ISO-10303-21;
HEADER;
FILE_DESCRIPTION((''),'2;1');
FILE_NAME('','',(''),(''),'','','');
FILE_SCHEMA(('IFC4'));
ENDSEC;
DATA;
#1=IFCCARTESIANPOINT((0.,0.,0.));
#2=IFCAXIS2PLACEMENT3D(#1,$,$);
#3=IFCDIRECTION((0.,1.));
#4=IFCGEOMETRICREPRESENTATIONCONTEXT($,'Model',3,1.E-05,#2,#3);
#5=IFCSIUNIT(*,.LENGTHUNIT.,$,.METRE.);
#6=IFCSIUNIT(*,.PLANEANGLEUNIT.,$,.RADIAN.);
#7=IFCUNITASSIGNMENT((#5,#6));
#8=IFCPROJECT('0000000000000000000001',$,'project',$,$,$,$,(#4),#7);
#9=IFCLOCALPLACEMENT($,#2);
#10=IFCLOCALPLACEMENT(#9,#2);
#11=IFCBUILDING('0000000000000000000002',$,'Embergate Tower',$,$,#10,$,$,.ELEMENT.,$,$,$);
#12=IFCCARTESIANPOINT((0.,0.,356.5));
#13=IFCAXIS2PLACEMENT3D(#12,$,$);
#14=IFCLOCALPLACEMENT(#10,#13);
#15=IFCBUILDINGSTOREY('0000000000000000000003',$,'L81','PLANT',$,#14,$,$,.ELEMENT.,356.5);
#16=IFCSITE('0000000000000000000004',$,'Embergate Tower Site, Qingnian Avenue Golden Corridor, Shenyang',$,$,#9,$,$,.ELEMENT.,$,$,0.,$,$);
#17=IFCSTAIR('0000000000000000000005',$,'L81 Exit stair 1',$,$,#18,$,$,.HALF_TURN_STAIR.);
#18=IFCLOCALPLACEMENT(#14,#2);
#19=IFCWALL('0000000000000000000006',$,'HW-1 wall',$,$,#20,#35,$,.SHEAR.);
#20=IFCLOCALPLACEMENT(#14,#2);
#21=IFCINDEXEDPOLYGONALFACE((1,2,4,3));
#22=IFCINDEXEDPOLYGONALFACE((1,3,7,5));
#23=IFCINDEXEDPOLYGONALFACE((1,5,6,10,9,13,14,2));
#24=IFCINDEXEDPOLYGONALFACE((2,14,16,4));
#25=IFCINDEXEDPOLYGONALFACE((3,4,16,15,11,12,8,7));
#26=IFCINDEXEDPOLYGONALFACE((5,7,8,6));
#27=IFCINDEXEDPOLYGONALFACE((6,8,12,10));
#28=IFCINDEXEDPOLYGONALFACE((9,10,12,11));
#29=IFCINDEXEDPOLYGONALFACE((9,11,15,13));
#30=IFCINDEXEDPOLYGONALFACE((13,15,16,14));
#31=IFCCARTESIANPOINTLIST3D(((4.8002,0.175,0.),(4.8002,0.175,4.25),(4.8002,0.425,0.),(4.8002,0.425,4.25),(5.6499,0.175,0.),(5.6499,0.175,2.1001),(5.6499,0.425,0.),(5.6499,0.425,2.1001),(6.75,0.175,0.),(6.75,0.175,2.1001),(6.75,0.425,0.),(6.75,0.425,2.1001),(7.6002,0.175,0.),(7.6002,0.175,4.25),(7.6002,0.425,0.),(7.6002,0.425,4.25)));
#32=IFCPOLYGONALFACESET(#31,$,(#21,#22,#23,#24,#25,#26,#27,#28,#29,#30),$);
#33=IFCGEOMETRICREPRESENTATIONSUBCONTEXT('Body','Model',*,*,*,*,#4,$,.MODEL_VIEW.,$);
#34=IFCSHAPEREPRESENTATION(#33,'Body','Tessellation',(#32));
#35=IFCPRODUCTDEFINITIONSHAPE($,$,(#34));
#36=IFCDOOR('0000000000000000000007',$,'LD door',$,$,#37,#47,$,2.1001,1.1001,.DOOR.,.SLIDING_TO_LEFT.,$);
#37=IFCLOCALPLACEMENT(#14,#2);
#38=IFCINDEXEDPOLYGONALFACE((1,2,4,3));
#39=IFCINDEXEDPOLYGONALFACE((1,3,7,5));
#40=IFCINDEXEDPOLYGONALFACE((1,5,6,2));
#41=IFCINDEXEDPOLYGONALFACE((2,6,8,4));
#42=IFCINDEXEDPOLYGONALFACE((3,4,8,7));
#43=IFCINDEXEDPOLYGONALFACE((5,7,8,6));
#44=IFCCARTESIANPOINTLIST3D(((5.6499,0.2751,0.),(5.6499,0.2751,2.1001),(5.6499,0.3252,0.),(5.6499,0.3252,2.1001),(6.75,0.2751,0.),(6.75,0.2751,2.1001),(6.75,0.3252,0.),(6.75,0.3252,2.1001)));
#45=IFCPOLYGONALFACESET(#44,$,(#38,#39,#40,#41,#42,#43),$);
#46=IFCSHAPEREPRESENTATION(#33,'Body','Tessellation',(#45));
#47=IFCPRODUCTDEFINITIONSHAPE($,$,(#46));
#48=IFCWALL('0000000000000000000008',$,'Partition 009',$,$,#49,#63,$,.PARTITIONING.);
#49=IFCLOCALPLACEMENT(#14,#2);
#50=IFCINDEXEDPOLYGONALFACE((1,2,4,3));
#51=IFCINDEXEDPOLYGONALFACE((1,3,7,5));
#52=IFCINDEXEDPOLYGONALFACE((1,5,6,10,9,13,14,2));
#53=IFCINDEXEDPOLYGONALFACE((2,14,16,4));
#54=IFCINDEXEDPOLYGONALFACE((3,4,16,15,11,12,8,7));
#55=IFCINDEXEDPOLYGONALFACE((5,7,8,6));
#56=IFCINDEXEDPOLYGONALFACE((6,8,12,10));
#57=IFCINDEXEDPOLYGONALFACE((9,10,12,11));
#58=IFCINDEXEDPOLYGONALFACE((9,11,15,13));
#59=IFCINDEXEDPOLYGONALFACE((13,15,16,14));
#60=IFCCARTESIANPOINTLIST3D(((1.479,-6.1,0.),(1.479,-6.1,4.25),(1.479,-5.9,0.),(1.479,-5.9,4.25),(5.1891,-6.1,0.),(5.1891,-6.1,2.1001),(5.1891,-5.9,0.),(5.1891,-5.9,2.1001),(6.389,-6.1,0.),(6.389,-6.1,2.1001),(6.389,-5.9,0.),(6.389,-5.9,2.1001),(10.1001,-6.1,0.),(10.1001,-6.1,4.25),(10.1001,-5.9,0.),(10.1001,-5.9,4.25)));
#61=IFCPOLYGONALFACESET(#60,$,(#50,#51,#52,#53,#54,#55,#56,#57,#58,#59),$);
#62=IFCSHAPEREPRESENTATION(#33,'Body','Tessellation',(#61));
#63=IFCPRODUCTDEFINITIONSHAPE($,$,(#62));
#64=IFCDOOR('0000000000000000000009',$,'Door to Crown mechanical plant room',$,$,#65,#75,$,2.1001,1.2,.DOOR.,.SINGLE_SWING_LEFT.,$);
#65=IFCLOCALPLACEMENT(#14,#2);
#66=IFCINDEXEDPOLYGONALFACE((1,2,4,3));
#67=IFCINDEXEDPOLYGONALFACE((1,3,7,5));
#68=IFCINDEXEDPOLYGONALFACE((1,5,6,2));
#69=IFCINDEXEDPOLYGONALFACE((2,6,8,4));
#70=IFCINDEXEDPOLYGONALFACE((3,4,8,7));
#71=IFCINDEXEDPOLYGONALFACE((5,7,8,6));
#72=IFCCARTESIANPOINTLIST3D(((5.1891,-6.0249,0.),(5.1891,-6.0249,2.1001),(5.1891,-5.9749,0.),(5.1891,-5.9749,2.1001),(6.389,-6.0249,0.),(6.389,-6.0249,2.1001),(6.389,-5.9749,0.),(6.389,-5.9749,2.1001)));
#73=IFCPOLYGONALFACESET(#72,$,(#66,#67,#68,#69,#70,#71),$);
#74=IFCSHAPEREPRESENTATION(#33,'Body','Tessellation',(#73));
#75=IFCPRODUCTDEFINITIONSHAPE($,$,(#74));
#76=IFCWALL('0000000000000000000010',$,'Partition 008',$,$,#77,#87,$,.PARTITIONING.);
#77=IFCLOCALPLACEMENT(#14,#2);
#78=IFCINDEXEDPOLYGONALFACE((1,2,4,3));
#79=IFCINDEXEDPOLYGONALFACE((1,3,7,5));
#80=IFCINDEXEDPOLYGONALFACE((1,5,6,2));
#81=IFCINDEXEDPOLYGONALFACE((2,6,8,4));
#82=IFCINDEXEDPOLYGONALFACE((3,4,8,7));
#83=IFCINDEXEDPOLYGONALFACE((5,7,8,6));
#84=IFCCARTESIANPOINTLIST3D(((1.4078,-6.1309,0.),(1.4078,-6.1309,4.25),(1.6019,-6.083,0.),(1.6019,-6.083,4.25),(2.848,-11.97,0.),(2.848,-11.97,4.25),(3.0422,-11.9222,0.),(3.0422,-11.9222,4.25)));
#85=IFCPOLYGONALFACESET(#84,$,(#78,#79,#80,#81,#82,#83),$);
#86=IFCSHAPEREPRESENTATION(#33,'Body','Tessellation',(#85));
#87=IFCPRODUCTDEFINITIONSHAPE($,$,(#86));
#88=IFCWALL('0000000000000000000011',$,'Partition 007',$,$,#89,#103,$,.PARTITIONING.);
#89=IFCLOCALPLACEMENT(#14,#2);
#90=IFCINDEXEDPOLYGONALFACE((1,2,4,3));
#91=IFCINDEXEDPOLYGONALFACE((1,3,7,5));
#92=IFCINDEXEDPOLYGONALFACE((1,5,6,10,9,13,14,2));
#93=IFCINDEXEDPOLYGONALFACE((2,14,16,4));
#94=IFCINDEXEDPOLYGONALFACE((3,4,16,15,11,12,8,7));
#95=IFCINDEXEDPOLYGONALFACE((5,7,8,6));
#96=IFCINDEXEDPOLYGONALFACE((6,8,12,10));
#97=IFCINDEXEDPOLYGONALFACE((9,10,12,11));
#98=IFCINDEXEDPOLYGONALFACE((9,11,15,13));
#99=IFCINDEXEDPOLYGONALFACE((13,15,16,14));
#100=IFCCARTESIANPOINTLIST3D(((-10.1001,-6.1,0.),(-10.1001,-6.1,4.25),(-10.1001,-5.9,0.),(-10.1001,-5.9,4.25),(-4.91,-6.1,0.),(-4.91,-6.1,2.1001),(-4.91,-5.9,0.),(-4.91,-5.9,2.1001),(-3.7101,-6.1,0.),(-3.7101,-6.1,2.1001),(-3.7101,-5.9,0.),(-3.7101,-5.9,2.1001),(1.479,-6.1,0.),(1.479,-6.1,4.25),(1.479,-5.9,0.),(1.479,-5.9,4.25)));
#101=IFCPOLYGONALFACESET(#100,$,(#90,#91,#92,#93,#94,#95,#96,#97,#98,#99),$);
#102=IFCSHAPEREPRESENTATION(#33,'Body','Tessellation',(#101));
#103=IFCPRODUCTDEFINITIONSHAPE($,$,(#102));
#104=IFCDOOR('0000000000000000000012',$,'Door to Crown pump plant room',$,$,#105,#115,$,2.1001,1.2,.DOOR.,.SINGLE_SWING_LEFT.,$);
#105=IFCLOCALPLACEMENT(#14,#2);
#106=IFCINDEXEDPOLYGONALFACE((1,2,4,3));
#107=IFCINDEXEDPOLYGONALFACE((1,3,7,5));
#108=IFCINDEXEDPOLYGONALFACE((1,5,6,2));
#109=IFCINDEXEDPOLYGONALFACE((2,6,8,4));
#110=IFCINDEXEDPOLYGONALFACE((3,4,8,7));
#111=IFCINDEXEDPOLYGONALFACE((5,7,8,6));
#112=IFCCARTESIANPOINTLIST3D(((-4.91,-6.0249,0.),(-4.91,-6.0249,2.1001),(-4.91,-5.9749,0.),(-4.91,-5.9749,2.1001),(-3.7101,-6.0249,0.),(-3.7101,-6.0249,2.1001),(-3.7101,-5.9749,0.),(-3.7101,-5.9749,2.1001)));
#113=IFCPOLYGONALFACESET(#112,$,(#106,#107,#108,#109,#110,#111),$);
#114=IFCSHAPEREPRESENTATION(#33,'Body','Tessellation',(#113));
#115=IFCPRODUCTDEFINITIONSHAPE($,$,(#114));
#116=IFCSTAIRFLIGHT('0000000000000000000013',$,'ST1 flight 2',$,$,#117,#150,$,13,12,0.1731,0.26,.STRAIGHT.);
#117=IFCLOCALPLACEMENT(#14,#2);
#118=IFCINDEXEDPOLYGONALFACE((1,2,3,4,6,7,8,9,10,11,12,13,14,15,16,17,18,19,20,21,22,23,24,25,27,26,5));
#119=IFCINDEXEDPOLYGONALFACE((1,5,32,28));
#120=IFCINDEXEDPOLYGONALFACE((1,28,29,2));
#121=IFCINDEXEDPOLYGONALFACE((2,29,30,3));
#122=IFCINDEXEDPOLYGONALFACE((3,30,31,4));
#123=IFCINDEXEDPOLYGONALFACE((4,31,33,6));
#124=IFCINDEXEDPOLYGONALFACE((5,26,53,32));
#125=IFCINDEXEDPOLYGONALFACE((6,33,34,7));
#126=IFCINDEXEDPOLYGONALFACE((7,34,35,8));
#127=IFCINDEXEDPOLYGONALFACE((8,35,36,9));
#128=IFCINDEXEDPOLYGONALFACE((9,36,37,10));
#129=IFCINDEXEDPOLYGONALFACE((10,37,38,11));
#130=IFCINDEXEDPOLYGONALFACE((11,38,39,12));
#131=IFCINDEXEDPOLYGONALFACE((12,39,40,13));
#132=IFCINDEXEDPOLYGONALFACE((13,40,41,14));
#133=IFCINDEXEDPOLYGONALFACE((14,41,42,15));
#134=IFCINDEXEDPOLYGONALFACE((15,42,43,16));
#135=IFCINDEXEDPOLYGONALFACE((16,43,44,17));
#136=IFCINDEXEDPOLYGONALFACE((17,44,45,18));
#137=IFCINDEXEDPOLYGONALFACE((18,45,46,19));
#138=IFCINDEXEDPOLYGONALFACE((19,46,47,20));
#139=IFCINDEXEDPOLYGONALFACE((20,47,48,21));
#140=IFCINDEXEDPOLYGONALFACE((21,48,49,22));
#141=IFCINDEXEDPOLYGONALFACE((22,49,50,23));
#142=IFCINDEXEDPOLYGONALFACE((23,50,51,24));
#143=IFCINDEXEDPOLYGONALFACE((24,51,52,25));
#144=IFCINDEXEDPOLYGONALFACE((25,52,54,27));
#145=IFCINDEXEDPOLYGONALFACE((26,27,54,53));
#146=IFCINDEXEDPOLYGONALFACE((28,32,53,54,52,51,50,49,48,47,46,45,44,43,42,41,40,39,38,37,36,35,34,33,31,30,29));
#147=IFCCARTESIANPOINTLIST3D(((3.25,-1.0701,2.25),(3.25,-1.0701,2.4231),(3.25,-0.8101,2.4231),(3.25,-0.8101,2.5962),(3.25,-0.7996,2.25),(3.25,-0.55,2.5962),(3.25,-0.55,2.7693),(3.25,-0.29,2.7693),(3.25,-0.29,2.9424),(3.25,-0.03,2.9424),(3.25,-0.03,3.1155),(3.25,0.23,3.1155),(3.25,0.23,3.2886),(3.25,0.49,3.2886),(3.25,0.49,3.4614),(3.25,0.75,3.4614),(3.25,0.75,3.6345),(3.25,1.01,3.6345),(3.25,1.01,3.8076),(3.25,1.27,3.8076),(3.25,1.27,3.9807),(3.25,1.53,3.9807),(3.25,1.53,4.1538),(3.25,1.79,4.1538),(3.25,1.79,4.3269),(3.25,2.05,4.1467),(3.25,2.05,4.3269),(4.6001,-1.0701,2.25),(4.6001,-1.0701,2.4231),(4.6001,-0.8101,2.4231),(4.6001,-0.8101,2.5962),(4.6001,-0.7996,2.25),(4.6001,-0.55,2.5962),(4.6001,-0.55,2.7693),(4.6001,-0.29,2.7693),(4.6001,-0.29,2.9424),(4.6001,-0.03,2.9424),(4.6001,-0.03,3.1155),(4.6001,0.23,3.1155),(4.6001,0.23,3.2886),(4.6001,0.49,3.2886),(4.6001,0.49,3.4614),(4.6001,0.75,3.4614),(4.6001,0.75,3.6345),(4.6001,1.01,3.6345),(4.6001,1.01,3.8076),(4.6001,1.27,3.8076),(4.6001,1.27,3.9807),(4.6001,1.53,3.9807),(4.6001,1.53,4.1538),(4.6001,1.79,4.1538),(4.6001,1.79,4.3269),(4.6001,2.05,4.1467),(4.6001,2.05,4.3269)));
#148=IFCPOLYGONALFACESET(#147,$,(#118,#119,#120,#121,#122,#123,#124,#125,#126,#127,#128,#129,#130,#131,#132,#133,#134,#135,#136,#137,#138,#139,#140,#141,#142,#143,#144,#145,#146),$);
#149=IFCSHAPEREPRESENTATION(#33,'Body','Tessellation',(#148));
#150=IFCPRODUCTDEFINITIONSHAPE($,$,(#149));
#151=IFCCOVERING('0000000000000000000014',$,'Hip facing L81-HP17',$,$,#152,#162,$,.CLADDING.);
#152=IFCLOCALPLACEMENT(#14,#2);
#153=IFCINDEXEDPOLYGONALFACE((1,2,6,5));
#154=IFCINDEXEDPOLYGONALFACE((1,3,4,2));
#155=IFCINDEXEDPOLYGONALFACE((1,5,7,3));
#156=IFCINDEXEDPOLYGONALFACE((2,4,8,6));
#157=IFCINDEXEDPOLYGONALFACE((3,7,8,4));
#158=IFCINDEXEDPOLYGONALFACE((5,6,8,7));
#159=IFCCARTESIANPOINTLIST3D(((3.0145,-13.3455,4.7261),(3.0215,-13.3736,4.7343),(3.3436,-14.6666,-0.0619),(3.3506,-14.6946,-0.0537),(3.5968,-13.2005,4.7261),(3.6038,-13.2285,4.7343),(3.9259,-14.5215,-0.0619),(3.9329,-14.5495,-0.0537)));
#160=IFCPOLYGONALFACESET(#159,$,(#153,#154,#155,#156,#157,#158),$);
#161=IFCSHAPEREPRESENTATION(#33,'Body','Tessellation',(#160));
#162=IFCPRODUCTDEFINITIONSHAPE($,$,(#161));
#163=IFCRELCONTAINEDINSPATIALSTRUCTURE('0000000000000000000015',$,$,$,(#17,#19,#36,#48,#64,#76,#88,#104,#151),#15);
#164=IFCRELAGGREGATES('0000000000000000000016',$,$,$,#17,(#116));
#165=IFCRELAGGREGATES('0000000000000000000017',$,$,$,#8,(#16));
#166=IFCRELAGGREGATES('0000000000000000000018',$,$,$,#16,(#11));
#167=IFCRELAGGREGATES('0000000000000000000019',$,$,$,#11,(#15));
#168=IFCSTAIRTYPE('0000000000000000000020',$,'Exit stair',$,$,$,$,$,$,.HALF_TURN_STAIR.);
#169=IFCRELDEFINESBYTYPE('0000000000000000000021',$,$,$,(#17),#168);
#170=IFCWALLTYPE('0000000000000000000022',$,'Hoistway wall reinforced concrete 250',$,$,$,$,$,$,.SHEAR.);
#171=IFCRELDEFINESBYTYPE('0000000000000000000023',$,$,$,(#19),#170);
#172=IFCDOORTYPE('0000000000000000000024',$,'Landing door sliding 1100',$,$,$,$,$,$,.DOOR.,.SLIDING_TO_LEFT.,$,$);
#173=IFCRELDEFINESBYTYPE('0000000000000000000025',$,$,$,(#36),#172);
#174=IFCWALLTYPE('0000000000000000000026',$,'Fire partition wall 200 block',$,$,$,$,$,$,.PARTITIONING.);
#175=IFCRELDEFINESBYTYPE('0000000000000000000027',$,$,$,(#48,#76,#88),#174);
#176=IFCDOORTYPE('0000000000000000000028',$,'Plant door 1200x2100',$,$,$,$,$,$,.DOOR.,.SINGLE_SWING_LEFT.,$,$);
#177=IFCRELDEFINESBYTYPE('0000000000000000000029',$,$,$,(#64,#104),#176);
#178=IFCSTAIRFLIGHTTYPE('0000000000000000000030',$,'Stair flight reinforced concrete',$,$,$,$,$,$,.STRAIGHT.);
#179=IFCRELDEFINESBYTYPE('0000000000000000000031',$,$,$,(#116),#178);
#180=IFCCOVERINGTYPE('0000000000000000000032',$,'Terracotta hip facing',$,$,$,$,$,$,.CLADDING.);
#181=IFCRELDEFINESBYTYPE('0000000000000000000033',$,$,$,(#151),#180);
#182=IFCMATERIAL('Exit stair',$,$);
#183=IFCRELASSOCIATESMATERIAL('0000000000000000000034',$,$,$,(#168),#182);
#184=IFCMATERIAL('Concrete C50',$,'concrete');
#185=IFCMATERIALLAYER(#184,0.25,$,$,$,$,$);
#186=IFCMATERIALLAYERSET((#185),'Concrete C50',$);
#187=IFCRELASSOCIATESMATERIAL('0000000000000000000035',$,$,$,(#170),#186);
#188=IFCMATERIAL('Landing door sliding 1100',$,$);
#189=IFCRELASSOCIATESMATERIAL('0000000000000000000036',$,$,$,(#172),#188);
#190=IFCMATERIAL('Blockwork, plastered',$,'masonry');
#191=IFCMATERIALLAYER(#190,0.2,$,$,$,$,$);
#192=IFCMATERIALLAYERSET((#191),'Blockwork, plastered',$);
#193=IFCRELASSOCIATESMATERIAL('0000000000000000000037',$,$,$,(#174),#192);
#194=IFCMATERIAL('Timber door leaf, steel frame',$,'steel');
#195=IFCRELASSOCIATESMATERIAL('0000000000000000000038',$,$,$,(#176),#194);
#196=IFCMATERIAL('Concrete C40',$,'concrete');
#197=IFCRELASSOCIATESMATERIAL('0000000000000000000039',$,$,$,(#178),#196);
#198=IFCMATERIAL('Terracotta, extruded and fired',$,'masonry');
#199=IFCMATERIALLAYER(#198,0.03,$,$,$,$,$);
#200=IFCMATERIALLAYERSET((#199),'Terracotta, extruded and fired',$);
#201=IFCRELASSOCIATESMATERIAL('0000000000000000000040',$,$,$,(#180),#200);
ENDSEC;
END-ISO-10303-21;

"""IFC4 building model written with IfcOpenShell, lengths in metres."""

from ifc_helpers import new_model, si_unit, direction, frame, frame_2d, origin, place, context, subcontext, project, spatial, polyline, rectangle, outline, extrude, source, transform, mapped, material, layer, layer_set, type_object, element, fill, aggregate, save


model = new_model("IFC4")

# Units and contexts
model_context = context("Model", 3, precision=1e-05, world=origin(), true_north=direction((0.0, 1.0)))
body_context = subcontext(model_context, "Body", "Model", "MODEL_VIEW")
ifc_project = project(units=[si_unit("LENGTHUNIT", "METRE"), si_unit("PLANEANGLEUNIT", "RADIAN")], contexts=[model_context])

# Site, building, storey
site_placement = place(None, origin())
site = spatial("IfcSite", under=ifc_project, at=site_placement, Name="Embergate Tower Site, Qingnian Avenue Golden Corridor, Shenyang", CompositionType="ELEMENT", RefElevation=0.0)
building_placement = place(site_placement, origin())
building = spatial("IfcBuilding", under=site, at=building_placement, Name="Embergate Tower", CompositionType="ELEMENT")
storey_placement = place(building_placement, frame((0.0, 0.0, 356.5)))
storey = spatial("IfcBuildingStorey", under=building, at=storey_placement, Name="L81", Description="PLANT", CompositionType="ELEMENT", Elevation=356.5)

# Stair
ifc_material_1 = material(Name="Exit stair")
stair_type = type_object("IfcStairType", Name="Exit stair", PredefinedType="HALF_TURN_STAIR", material=ifc_material_1)
stair_placement = place(storey_placement, origin())
stair = element("IfcStair", 1, at=stair_placement, inside=storey, type_object=stair_type, Name="L81 Exit stair 1", PredefinedType="HALF_TURN_STAIR")
ifc_material_2 = material(Name="Concrete C40", Category="concrete")

# Shared definitions
ifc_material_3 = material(Name="Concrete C50", Category="concrete")

# Walls, openings, doors
shared_shape_1 = source(origin(), body_context, "Body", "SweptSolid", [
    extrude(rectangle(XDim=1.2, YDim=2.1001, at=frame_2d((0.6001, 1.05))), frame((0.0, 0.1099, 0.0), z_axis=(0.0, -1.0, 0.0), x_axis=(1.0, 0.0, 0.0)), (0.0, 0.0, 1.0), 0.22),
])
ifc_layer_1 = layer(ifc_material_3, 0.25)
ifc_layer_set_1 = layer_set([ifc_layer_1], Name="Concrete C50")
wall_type_1 = type_object("IfcWallType", Name="Hoistway wall reinforced concrete 250", PredefinedType="SHEAR", material=ifc_layer_set_1)
shared_shape_2 = source(origin(), body_context, "Body", "SweptSolid", [
    extrude(rectangle(XDim=2.8, YDim=0.25, at=frame_2d((1.3999, 0.0))), origin(), (0.0, 0.0, 1.0), 4.25),
])
wall_1_placement = place(storey_placement, frame((7.6001, 0.3, 0.0), z_axis=(0.0, 0.0, 1.0), x_axis=(-1.0, 0.0, 0.0)))
wall_1 = element("IfcWall", 2, at=wall_1_placement, inside=storey, type_object=wall_type_1, Name="HW-1 wall", PredefinedType="SHEAR", context=body_context, shape_type="MappedRepresentation", body=[
    mapped(shared_shape_2, transform((0.0, 0.0, 0.0))),
])
shared_shape_3 = source(origin(), body_context, "Body", "SweptSolid", [
    extrude(rectangle(XDim=1.1001, YDim=2.1001, at=frame_2d((0.55, 1.05))), frame((0.0, 0.135, 0.0), z_axis=(0.0, -1.0, 0.0), x_axis=(1.0, 0.0, 0.0)), (0.0, 0.0, 1.0), 0.27),
])
opening_1_placement = place(wall_1_placement, frame((0.8501, 0.0, 0.0)))
opening_1 = element("IfcOpeningElement", 3, at=opening_1_placement, cuts=wall_1, PredefinedType="OPENING", context=body_context, shape_type="MappedRepresentation", body=[
    mapped(shared_shape_3, transform((0.0, 0.0, 0.0))),
])
ifc_material_4 = material(Name="Landing door sliding 1100")
door_type_1 = type_object("IfcDoorType", Name="Landing door sliding 1100", OperationType="SLIDING_TO_LEFT", PredefinedType="DOOR", material=ifc_material_4)
shared_shape_4 = source(origin(), body_context, "Body", "SweptSolid", [
    extrude(rectangle(XDim=1.1001, YDim=2.1001, at=frame_2d((0.55, 1.05))), frame((0.0, 0.0249, 0.0), z_axis=(0.0, -1.0, 0.0), x_axis=(1.0, 0.0, 0.0)), (0.0, 0.0, 1.0), 0.05),
])
door_1_placement = place(opening_1_placement, origin())
door_1 = element("IfcDoor", 4, at=door_1_placement, inside=storey, type_object=door_type_1, Name="LD door", OperationType="SLIDING_TO_LEFT", OverallHeight=2.1001, OverallWidth=1.1001, PredefinedType="DOOR", context=body_context, shape_type="MappedRepresentation", body=[
    mapped(shared_shape_4, transform((0.0, 0.0, 0.0))),
])
fill(opening_1, door_1)
ifc_material_5 = material(Name="Blockwork, plastered", Category="masonry")
ifc_layer_2 = layer(ifc_material_5, 0.2)
ifc_layer_set_2 = layer_set([ifc_layer_2], Name="Blockwork, plastered")
wall_type_2 = type_object("IfcWallType", Name="Fire partition wall 200 block", PredefinedType="PARTITIONING", material=ifc_layer_set_2)
shared_shape_5 = source(origin(), body_context, "Body", "SweptSolid", [
    extrude(rectangle(XDim=8.6211, YDim=0.2, at=frame_2d((4.3105, 0.0))), origin(), (0.0, 0.0, 1.0), 4.25),
])
wall_2_placement = place(storey_placement, frame((10.1001, -6.0, 0.0), z_axis=(0.0, 0.0, 1.0), x_axis=(-1.0, 0.0, 0.0)))
wall_2 = element("IfcWall", 5, at=wall_2_placement, inside=storey, type_object=wall_type_2, Name="Partition 009", PredefinedType="PARTITIONING", context=body_context, shape_type="MappedRepresentation", body=[
    mapped(shared_shape_5, transform((0.0, 0.0, 0.0))),
])
opening_2_placement = place(wall_2_placement, frame((3.7109, 0.0, 0.0)))
opening_2 = element("IfcOpeningElement", 6, at=opening_2_placement, cuts=wall_2, PredefinedType="OPENING", context=body_context, shape_type="MappedRepresentation", body=[
    mapped(shared_shape_1, transform((0.0, 0.0, 0.0))),
])
ifc_material_6 = material(Name="Timber door leaf, steel frame", Category="steel")
door_type_2 = type_object("IfcDoorType", Name="Plant door 1200x2100", OperationType="SINGLE_SWING_LEFT", PredefinedType="DOOR", material=ifc_material_6)
shared_shape_6 = source(origin(), body_context, "Body", "SweptSolid", [
    extrude(rectangle(XDim=1.2, YDim=2.1001, at=frame_2d((0.6001, 1.05))), frame((0.0, 0.0249, 0.0), z_axis=(0.0, -1.0, 0.0), x_axis=(1.0, 0.0, 0.0)), (0.0, 0.0, 1.0), 0.05),
])
door_2_placement = place(opening_2_placement, origin())
door_2 = element("IfcDoor", 7, at=door_2_placement, inside=storey, type_object=door_type_2, Name="Door to Crown mechanical plant room", OperationType="SINGLE_SWING_LEFT", OverallHeight=2.1001, OverallWidth=1.2, PredefinedType="DOOR", context=body_context, shape_type="MappedRepresentation", body=[
    mapped(shared_shape_6, transform((0.0, 0.0, 0.0))),
])
fill(opening_2, door_2)

# Wall
shared_shape_7 = source(origin(), body_context, "Body", "SweptSolid", [
    extrude(rectangle(XDim=6.0142, YDim=0.2, at=frame_2d((3.0071, 0.0))), origin(), (0.0, 0.0, 1.0), 4.25),
])
wall_3_placement = place(storey_placement, frame((1.5049, -6.1069, 0.0), z_axis=(0.0, 0.0, 1.0), x_axis=(0.239468, -0.970904, 0.0)))
element("IfcWall", 8, at=wall_3_placement, inside=storey, type_object=wall_type_2, Name="Partition 008", PredefinedType="PARTITIONING", context=body_context, shape_type="MappedRepresentation", body=[
    mapped(shared_shape_7, transform((0.0, 0.0, 0.0))),
])

# Wall, opening, door
shared_shape_8 = source(origin(), body_context, "Body", "SweptSolid", [
    extrude(rectangle(XDim=11.5791, YDim=0.2, at=frame_2d((5.7896, 0.0))), origin(), (0.0, 0.0, 1.0), 4.25),
])
wall_4_placement = place(storey_placement, frame((1.479, -6.0, 0.0), z_axis=(0.0, 0.0, 1.0), x_axis=(-1.0, 0.0, 0.0)))
wall_4 = element("IfcWall", 9, at=wall_4_placement, inside=storey, type_object=wall_type_2, Name="Partition 007", PredefinedType="PARTITIONING", context=body_context, shape_type="MappedRepresentation", body=[
    mapped(shared_shape_8, transform((0.0, 0.0, 0.0))),
])
opening_3_placement = place(wall_4_placement, frame((5.189, 0.0, 0.0)))
opening_3 = element("IfcOpeningElement", 10, at=opening_3_placement, cuts=wall_4, PredefinedType="OPENING", context=body_context, shape_type="MappedRepresentation", body=[
    mapped(shared_shape_1, transform((0.0, 0.0, 0.0))),
])
door_3_placement = place(opening_3_placement, origin())
door_3 = element("IfcDoor", 11, at=door_3_placement, inside=storey, type_object=door_type_2, Name="Door to Crown pump plant room", OperationType="SINGLE_SWING_LEFT", OverallHeight=2.1001, OverallWidth=1.2, PredefinedType="DOOR", context=body_context, shape_type="MappedRepresentation", body=[
    mapped(shared_shape_6, transform((0.0, 0.0, 0.0))),
])
fill(opening_3, door_3)

# Stair flight
stair_flight_type = type_object("IfcStairFlightType", Name="Stair flight reinforced concrete", PredefinedType="STRAIGHT", material=ifc_material_2)
shared_shape_9 = source(origin(), body_context, "Body", "SweptSolid", [
    extrude(outline(polyline([(0.0, 0.0), (0.0, 0.1731), (0.26, 0.1731), (0.26, 0.3462), (0.52, 0.3462), (0.52, 0.5193), (0.78, 0.5193), (0.78, 0.6924), (1.04, 0.6924), (1.04, 0.8655), (1.3, 0.8655), (1.3, 1.0386), (1.5601, 1.0386), (1.5601, 1.2114), (1.8201, 1.2114), (1.8201, 1.3845), (2.0801, 1.3845), (2.0801, 1.5576), (2.3401, 1.5576), (2.3401, 1.7307), (2.6001, 1.7307), (2.6001, 1.9038), (2.8601, 1.9038), (2.8601, 2.0769), (3.1201, 2.0769), (3.1201, 2.25), (3.1201, 1.8967), (0.2705, 0.0), (0.0, 0.0)])), frame((0.0, 0.675, 0.0), z_axis=(0.0, -1.0, 0.0), x_axis=(1.0, 0.0, 0.0)), (0.0, 0.0, 1.0), 1.3501),
])
stair_flight_placement = place(storey_placement, frame((3.925, -1.0701, 2.25), z_axis=(0.0, 0.0, 1.0), x_axis=(0.0, 1.0, 0.0)))
stair_flight = element("IfcStairFlight", 12, at=stair_flight_placement, type_object=stair_flight_type, Name="ST1 flight 2", NumberOfRisers=13, NumberOfTreads=12, PredefinedType="STRAIGHT", RiserHeight=0.1731, TreadLength=0.26, context=body_context, shape_type="MappedRepresentation", body=[
    mapped(shared_shape_9, transform((0.0, 0.0, 0.0))),
])
aggregate(stair, [stair_flight])

# Covering
ifc_material_7 = material(Name="Terracotta, extruded and fired", Category="masonry")
ifc_layer_3 = layer(ifc_material_7, 0.03)
ifc_layer_set_3 = layer_set([ifc_layer_3], Name="Terracotta, extruded and fired")
covering_type = type_object("IfcCoveringType", Name="Terracotta hip facing", PredefinedType="CLADDING", material=ifc_layer_set_3)
shared_shape_10 = source(origin(), body_context, "Body", "SweptSolid", [
    extrude(outline(polyline([(0.0, 0.0), (4.9778, 0.0), (4.9778, -0.6001), (0.0, -0.6001), (0.0, 0.0)])), origin(), (0.0, 0.0, -1.0), 0.03),
])
covering_1_placement = place(storey_placement, frame((3.3506, -14.6946, -0.0537), z_axis=(0.23246, -0.933361, 0.273494), x_axis=(-0.066113, 0.265383, 0.961874)))
element("IfcCovering", 13, at=covering_1_placement, inside=storey, type_object=covering_type, Name="Hip facing L81-HP17", PredefinedType="CLADDING", context=body_context, shape_type="MappedRepresentation", body=[
    mapped(shared_shape_10, transform((0.0, 0.0, 0.0))),
])

save(model, "model.ifc")
